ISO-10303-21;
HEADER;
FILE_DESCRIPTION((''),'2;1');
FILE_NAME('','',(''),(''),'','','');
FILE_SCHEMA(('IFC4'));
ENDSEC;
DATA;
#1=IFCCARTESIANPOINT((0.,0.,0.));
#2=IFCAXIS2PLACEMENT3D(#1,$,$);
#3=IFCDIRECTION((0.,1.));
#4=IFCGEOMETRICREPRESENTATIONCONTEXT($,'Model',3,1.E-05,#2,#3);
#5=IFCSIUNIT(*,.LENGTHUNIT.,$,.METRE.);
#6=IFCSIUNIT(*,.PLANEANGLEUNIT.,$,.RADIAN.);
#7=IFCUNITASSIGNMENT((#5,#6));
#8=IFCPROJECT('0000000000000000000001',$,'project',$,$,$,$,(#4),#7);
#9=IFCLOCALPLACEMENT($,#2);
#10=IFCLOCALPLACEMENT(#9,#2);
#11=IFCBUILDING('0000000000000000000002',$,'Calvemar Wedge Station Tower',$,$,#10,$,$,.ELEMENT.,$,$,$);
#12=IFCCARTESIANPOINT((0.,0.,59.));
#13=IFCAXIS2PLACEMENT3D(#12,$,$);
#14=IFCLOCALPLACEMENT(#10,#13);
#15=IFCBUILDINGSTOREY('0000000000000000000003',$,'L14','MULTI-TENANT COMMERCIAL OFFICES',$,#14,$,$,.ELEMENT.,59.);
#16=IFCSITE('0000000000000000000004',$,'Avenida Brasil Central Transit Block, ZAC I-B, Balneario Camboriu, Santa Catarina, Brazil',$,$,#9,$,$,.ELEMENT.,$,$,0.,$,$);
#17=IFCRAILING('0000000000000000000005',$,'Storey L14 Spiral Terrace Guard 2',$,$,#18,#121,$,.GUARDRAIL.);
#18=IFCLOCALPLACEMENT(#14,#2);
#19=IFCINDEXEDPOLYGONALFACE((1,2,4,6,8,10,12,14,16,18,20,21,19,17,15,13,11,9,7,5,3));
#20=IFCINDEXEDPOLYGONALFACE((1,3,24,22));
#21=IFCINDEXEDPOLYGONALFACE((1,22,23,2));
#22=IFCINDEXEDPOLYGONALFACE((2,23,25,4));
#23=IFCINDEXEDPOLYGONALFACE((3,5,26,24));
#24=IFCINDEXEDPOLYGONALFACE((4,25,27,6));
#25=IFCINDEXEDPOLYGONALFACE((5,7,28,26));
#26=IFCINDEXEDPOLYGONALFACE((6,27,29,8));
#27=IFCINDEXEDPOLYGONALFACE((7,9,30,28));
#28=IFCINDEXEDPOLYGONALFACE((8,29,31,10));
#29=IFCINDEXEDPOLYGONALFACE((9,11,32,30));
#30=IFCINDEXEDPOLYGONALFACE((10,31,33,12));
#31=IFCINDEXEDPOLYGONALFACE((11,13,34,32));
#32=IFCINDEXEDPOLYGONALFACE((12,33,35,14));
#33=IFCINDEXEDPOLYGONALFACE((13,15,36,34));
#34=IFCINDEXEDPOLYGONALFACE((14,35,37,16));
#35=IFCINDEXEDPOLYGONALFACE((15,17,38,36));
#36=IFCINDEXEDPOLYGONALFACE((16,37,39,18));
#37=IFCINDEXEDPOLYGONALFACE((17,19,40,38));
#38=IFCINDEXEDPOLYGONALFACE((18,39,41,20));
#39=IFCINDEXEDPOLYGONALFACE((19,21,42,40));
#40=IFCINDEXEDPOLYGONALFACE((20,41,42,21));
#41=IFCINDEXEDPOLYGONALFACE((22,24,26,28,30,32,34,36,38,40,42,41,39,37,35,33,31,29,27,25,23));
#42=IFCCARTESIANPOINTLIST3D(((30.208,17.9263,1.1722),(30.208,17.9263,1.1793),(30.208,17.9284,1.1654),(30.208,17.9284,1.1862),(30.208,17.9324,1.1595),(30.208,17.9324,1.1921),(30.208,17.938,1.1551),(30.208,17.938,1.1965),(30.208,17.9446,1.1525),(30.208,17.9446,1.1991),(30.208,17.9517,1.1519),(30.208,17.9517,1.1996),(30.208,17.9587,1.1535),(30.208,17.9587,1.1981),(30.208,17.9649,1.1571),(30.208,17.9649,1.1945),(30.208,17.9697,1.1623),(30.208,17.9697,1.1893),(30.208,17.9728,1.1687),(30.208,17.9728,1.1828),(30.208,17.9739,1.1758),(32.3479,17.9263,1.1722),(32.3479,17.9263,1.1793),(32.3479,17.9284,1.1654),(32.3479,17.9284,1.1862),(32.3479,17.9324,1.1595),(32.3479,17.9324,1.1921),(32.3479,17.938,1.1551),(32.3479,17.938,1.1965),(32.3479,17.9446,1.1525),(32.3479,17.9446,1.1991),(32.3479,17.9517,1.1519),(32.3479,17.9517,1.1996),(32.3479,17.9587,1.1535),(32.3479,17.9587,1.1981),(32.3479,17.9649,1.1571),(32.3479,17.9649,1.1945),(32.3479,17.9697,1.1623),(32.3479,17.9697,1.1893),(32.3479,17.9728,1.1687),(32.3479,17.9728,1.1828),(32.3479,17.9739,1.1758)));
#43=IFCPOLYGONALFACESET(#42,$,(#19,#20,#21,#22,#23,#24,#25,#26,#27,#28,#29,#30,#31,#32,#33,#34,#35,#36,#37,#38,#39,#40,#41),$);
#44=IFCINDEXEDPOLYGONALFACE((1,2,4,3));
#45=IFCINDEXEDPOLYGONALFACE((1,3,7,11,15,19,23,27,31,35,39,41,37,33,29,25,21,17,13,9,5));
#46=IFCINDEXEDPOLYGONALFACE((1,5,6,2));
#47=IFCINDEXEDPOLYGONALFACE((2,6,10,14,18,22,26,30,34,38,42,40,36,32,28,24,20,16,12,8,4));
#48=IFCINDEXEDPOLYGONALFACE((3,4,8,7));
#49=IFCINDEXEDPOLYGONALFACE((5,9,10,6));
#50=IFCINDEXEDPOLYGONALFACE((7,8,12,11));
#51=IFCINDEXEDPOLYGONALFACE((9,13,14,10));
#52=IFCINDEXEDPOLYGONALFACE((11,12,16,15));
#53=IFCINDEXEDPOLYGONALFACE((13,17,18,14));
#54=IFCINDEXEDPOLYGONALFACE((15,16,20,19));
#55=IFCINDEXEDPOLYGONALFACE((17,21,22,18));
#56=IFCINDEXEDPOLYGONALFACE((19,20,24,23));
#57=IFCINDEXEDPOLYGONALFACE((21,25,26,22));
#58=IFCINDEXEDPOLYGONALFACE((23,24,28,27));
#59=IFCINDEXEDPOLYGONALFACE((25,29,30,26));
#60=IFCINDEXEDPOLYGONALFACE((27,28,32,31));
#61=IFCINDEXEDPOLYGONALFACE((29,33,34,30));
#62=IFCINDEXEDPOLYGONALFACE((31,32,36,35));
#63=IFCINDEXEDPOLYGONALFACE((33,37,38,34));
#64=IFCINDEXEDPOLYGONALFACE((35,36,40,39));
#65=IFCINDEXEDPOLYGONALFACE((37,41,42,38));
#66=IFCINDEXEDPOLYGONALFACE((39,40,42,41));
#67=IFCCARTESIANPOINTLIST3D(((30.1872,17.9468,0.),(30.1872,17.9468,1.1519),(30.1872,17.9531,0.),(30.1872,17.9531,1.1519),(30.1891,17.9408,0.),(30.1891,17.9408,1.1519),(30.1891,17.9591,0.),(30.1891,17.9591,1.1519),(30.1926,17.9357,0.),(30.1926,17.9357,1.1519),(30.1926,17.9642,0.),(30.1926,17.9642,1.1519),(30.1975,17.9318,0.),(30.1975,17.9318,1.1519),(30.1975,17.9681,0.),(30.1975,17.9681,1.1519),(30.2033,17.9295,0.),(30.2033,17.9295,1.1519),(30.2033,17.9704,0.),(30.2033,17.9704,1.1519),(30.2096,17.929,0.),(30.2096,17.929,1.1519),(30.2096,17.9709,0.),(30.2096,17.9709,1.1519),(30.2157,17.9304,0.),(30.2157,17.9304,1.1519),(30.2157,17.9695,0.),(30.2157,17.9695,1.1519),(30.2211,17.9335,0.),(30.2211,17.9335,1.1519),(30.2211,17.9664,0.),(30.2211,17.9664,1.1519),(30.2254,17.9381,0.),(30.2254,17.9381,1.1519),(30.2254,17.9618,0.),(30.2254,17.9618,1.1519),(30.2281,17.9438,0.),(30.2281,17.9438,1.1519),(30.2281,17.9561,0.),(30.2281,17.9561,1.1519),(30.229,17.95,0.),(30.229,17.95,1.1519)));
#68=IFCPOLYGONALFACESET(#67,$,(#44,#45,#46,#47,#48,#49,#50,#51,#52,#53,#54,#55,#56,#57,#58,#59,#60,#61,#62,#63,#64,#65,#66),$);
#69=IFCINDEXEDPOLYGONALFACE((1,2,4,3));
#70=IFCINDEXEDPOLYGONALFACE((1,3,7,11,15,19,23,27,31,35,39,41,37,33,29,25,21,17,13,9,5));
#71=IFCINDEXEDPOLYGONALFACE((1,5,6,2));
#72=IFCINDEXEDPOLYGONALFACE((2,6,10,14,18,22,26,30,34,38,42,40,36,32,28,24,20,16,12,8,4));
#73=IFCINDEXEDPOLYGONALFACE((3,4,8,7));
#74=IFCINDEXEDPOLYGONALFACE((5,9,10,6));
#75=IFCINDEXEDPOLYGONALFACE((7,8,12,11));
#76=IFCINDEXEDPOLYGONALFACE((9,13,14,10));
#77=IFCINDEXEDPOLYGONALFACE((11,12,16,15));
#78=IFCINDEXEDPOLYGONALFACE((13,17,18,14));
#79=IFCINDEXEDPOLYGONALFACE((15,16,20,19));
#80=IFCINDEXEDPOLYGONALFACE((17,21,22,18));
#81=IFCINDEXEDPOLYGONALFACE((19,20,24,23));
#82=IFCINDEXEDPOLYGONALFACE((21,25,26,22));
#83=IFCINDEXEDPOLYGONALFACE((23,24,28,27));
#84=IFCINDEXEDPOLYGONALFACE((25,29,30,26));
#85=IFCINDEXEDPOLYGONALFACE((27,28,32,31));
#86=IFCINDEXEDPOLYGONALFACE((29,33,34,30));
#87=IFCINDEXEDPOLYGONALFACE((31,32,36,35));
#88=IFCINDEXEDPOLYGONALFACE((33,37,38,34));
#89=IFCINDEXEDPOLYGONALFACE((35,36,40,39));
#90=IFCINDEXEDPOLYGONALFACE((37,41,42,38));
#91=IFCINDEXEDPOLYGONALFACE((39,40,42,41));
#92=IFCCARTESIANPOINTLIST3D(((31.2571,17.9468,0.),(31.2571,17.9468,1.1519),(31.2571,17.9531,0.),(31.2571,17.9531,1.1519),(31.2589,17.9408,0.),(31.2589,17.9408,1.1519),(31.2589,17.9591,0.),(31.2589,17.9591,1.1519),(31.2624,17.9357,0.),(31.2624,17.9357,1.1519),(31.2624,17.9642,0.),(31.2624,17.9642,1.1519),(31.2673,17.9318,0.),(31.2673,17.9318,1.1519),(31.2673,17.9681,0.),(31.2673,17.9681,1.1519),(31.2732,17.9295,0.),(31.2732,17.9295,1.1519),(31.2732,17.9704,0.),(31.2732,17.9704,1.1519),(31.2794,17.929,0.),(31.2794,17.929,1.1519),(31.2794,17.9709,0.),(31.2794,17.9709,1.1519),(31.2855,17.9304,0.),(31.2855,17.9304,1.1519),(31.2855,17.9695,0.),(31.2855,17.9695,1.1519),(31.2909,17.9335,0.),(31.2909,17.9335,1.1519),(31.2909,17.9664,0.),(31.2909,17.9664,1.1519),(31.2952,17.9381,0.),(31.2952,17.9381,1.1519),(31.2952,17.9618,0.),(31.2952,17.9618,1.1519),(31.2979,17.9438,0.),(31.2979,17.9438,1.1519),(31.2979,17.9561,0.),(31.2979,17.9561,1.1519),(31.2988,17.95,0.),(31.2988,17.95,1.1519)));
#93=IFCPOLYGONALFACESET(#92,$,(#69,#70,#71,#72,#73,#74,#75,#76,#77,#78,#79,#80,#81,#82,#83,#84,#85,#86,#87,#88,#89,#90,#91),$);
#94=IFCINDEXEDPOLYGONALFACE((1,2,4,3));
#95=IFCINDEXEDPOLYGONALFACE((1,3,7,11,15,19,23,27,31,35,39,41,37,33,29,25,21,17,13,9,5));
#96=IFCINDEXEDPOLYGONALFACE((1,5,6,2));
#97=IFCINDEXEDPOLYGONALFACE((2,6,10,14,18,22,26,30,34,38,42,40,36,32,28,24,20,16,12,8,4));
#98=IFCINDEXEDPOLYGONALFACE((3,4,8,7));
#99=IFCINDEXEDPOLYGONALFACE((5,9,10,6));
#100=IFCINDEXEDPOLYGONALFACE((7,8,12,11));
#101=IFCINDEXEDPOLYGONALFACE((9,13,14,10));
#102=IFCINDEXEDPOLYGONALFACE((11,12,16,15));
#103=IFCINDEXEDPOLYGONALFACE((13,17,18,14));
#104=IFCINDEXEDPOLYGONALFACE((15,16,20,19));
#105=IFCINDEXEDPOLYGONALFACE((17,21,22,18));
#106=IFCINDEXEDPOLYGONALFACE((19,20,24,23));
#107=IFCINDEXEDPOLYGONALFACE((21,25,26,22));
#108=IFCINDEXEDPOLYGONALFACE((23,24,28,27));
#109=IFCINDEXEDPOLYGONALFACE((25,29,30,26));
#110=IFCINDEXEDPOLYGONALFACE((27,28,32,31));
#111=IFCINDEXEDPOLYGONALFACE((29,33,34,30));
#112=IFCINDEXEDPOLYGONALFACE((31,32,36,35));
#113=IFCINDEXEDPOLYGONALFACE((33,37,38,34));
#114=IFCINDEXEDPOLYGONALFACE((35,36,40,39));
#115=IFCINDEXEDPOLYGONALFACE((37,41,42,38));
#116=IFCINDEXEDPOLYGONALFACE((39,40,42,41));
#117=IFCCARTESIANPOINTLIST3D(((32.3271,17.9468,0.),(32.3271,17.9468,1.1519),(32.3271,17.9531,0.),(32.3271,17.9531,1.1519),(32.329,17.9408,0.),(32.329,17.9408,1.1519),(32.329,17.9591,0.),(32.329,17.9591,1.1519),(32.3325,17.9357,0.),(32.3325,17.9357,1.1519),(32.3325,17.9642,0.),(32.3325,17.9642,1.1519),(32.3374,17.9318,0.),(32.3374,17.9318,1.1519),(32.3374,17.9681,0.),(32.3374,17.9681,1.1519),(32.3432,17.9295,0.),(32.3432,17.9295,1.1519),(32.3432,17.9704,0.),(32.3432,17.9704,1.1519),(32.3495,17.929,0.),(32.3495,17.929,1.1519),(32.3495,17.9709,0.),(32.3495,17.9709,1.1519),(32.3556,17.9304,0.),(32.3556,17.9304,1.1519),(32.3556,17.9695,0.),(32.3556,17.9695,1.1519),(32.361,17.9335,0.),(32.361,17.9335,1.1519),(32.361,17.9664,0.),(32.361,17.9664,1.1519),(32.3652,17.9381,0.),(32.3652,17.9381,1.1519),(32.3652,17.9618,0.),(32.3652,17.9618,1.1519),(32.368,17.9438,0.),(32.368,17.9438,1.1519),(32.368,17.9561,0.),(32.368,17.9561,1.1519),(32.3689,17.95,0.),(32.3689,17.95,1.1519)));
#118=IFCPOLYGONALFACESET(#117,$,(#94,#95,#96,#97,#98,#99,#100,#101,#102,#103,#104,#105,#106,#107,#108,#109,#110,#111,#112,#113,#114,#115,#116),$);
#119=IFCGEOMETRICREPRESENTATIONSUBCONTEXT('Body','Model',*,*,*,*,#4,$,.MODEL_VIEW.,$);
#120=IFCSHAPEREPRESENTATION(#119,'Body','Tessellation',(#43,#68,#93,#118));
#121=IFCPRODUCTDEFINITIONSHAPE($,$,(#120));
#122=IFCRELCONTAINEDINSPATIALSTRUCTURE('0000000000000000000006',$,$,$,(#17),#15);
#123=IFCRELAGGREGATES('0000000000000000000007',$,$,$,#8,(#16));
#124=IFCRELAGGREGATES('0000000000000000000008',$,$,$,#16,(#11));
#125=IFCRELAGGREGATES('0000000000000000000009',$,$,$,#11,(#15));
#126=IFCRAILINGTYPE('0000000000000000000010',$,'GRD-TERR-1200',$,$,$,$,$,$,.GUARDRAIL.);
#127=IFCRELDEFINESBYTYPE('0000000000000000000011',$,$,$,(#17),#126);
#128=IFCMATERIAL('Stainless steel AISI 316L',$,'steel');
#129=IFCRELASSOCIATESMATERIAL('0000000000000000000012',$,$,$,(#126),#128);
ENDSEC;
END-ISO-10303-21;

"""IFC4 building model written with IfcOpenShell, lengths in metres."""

from ifc_helpers import new_model, si_unit, direction, frame, origin, origin_2d, place, context, subcontext, project, spatial, circle, extrude, material, type_object, element, save


model = new_model("IFC4")

# Units and contexts
model_context = context("Model", 3, precision=1e-05, world=origin(), true_north=direction((0.0, 1.0)))
body_context = subcontext(model_context, "Body", "Model", "MODEL_VIEW")
ifc_project = project(units=[si_unit("LENGTHUNIT", "METRE"), si_unit("PLANEANGLEUNIT", "RADIAN")], contexts=[model_context])

# Site, building, storey
site_placement = place(None, origin())
site = spatial("IfcSite", under=ifc_project, at=site_placement, Name="Avenida Brasil Central Transit Block, ZAC I-B, Balneario Camboriu, Santa Catarina, Brazil", CompositionType="ELEMENT", RefElevation=0.0)
building_placement = place(site_placement, origin())
building = spatial("IfcBuilding", under=site, at=building_placement, Name="Calvemar Wedge Station Tower", CompositionType="ELEMENT")
storey_placement = place(building_placement, frame((0.0, 0.0, 59.0)))
storey = spatial("IfcBuildingStorey", under=building, at=storey_placement, Name="L14", Description="MULTI-TENANT COMMERCIAL OFFICES", CompositionType="ELEMENT", Elevation=59.0)

# Railing
ifc_material_1 = material(Name="Stainless steel AISI 316L", Category="steel")
railing_type = type_object("IfcRailingType", Name="GRD-TERR-1200", PredefinedType="GUARDRAIL", material=ifc_material_1)
railing_1_placement = place(storey_placement, frame((30.208, 17.95, 0.0)))
element("IfcRailing", 1, at=railing_1_placement, inside=storey, type_object=railing_type, Name="Storey L14 Spiral Terrace Guard 2", PredefinedType="GUARDRAIL", context=body_context, shape_type="SweptSolid", body=[
    extrude(circle(Radius=0.0239, at=origin_2d()), frame((0.0, 0.0, 1.1758), z_axis=(1.0, 0.0, 0.0), x_axis=(0.0, 1.0, 0.0)), (0.0, 0.0, 1.0), 2.1399),
    extrude(circle(Radius=0.021, at=origin_2d()), origin(), (0.0, 0.0, 1.0), 1.1519),
    extrude(circle(Radius=0.021, at=origin_2d()), frame((1.0698, 0.0, 0.0)), (0.0, 0.0, 1.0), 1.1519),
    extrude(circle(Radius=0.021, at=origin_2d()), frame((2.1399, 0.0, 0.0)), (0.0, 0.0, 1.0), 1.1519),
])

save(model, "model.ifc")
